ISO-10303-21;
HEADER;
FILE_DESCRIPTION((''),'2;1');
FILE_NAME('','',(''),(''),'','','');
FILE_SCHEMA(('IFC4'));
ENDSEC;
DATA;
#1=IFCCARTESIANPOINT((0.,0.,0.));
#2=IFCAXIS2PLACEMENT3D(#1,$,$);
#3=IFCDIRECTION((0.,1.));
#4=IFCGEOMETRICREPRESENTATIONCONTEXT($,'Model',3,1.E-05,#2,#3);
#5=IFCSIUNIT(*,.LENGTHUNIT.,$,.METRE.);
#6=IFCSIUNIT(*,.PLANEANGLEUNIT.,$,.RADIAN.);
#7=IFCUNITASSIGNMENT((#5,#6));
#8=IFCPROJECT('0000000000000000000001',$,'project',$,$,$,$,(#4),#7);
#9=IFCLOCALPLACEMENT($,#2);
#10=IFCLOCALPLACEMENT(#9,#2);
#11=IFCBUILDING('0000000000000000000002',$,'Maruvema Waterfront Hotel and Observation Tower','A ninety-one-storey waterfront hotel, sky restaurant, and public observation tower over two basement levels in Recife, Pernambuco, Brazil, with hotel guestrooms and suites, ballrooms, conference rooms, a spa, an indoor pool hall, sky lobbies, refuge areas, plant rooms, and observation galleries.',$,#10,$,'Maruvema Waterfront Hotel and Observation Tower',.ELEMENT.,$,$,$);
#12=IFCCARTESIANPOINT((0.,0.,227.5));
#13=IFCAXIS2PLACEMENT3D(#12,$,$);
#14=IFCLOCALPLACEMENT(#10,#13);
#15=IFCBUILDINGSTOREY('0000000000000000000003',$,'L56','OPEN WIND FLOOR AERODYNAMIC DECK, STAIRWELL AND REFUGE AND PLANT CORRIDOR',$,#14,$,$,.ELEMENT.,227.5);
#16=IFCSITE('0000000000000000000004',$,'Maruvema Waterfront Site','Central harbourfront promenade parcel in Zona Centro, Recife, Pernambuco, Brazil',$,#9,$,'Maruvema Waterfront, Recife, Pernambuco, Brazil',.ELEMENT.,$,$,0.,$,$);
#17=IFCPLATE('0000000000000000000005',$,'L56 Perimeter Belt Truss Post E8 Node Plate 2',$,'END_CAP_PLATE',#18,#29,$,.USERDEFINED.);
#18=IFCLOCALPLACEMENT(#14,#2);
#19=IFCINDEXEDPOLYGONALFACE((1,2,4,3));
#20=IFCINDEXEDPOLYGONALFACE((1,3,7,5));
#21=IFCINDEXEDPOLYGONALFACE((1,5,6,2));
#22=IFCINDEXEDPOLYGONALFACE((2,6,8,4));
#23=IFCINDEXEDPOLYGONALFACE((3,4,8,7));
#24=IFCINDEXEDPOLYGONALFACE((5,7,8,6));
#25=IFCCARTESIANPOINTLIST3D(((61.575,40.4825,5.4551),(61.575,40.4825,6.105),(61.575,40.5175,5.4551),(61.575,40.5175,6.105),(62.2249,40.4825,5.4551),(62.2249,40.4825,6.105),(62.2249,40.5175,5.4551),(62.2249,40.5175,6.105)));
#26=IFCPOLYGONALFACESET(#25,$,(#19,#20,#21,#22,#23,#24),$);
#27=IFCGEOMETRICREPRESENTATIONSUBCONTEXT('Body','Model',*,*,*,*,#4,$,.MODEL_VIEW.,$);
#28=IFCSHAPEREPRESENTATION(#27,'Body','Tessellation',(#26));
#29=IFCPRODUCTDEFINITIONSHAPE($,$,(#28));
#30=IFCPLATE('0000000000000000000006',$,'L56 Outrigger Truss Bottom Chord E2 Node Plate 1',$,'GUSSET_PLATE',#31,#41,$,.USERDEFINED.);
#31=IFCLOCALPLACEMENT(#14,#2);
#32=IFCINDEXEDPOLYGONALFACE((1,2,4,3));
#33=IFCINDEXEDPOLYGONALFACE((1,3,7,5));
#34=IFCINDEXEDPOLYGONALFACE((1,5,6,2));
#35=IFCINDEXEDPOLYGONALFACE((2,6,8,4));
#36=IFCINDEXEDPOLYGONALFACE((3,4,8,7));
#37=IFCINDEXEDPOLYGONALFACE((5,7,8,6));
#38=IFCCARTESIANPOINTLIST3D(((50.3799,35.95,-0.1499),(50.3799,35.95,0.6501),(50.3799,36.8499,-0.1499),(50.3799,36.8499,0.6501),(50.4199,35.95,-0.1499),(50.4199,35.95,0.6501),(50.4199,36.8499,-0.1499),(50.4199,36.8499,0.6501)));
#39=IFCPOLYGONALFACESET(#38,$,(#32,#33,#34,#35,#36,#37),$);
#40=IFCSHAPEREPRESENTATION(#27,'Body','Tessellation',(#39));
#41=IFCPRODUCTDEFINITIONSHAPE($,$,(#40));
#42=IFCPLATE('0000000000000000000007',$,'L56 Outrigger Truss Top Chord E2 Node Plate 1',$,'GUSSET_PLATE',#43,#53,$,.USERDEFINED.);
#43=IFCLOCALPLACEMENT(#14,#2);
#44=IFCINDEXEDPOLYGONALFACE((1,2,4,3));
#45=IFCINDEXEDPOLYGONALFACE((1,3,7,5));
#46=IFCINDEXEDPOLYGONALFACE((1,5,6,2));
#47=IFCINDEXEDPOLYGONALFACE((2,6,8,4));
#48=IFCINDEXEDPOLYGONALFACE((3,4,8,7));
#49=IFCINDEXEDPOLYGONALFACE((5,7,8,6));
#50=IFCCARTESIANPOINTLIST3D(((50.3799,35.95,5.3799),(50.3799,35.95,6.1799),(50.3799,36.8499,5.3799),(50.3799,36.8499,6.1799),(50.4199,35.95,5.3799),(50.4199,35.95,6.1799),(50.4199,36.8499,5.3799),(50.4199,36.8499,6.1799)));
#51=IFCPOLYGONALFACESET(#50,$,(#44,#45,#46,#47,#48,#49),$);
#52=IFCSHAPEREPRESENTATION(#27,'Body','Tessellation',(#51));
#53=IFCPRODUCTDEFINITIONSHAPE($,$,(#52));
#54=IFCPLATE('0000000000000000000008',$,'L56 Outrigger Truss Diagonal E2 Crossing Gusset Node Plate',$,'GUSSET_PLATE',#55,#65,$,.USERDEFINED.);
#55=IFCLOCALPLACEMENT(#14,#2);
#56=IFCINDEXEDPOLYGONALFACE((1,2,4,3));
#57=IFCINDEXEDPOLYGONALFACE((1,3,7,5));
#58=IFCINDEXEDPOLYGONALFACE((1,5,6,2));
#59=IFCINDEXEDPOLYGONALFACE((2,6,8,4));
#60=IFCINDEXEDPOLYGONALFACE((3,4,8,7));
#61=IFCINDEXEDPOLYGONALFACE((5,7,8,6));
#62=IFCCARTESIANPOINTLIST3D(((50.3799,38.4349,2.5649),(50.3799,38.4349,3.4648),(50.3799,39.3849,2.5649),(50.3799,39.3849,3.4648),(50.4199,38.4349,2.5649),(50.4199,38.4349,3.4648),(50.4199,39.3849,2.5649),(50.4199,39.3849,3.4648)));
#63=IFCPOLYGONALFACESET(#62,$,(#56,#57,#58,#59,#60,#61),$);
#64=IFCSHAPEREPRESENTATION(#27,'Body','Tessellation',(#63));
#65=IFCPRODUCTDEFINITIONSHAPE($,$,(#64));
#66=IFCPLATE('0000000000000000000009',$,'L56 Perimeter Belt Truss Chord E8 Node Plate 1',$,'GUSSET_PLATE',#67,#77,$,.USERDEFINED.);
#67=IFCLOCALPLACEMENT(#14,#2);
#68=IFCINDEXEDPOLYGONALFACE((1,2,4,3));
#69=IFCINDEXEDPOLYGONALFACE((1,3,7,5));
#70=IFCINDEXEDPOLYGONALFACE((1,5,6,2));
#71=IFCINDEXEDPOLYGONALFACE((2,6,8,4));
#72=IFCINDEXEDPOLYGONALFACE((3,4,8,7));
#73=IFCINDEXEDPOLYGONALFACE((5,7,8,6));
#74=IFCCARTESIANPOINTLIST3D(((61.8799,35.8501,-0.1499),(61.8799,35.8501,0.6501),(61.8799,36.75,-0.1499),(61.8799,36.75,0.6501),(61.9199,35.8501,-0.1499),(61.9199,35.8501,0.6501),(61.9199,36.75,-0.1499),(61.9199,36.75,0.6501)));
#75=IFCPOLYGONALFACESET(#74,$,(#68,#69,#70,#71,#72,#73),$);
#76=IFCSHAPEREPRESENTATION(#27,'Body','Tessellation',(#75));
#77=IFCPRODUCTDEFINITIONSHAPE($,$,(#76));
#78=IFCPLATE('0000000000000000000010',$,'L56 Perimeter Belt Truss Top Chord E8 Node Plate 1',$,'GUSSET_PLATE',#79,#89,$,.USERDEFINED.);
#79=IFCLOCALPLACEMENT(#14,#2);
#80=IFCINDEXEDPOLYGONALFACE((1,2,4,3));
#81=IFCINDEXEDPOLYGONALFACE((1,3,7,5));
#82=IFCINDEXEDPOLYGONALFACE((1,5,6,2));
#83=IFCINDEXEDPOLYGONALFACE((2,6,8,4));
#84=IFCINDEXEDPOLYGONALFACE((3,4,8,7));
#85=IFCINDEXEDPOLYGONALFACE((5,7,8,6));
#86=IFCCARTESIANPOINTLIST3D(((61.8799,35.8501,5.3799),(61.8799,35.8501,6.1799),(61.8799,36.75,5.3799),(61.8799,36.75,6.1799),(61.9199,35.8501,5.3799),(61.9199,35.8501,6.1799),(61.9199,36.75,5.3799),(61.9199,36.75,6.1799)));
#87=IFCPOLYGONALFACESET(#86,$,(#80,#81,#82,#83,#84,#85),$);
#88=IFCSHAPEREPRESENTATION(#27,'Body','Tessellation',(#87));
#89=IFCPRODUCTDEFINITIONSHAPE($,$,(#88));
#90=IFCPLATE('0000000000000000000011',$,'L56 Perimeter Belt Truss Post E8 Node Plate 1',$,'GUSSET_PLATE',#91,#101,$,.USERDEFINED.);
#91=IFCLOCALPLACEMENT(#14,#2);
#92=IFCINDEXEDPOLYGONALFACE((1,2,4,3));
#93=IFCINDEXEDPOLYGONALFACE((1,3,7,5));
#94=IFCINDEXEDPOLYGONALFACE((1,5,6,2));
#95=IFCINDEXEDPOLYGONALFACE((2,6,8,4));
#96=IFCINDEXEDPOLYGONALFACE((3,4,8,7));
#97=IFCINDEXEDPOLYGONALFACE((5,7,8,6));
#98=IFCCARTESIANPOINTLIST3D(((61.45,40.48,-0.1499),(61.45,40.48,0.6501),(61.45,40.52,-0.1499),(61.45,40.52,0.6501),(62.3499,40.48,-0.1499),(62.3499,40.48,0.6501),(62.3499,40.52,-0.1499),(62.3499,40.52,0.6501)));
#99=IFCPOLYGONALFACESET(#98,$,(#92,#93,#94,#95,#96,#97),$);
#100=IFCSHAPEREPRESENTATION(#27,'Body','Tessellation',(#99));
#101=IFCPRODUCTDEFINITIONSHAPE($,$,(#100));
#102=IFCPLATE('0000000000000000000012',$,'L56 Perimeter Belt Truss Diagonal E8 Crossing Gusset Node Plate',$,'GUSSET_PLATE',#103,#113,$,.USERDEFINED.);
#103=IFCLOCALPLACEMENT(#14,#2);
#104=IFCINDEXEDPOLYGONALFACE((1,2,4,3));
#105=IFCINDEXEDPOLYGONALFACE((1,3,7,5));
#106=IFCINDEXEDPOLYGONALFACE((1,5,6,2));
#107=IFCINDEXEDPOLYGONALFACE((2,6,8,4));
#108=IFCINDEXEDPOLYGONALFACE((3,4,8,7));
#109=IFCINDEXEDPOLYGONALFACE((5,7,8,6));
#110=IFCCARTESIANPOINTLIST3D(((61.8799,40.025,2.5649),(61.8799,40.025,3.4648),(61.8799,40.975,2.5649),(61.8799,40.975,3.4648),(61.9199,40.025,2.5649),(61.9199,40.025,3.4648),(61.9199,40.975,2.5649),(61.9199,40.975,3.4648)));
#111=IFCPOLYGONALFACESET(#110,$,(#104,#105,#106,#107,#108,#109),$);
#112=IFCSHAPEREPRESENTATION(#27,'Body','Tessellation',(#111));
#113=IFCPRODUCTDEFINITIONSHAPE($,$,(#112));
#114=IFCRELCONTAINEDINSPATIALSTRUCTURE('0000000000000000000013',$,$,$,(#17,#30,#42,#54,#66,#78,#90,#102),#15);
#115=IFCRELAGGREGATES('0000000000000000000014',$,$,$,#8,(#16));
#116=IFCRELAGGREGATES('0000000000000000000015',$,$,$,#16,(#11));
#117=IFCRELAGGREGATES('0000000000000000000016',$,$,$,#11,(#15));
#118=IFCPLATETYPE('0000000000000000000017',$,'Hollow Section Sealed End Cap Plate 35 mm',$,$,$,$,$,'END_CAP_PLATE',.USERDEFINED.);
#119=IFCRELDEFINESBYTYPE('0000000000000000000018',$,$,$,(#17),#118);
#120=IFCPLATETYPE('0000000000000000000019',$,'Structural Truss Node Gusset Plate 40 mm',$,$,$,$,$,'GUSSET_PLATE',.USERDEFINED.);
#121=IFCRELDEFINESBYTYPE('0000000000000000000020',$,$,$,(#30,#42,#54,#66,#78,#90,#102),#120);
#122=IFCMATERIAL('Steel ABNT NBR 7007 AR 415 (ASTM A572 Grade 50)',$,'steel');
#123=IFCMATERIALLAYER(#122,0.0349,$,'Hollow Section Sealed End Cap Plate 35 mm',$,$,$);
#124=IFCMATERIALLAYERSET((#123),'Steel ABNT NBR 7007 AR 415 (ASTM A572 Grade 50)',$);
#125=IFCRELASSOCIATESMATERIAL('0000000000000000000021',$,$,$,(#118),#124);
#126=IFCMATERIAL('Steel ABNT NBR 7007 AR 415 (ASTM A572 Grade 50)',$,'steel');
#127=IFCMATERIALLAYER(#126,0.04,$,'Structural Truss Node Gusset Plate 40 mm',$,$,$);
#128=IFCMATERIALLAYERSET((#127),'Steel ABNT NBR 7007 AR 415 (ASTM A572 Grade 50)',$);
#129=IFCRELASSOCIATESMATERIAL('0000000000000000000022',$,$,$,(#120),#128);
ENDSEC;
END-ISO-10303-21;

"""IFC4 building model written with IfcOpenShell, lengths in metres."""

from ifc_helpers import new_model, si_unit, direction, frame, origin, origin_2d, place, context, subcontext, project, spatial, rectangle, extrude, material, layer, layer_set, type_object, element, save


model = new_model("IFC4")

# Units and contexts
model_context = context("Model", 3, precision=1e-05, world=origin(), true_north=direction((0.0, 1.0)))
body_context = subcontext(model_context, "Body", "Model", "MODEL_VIEW")
ifc_project = project(units=[si_unit("LENGTHUNIT", "METRE"), si_unit("PLANEANGLEUNIT", "RADIAN")], contexts=[model_context])

# Site, building, storey
site_placement = place(None, origin())
site = spatial("IfcSite", under=ifc_project, at=site_placement, Name="Maruvema Waterfront Site", Description="Central harbourfront promenade parcel in Zona Centro, Recife, Pernambuco, Brazil", LongName="Maruvema Waterfront, Recife, Pernambuco, Brazil", CompositionType="ELEMENT", RefElevation=0.0)
building_placement = place(site_placement, origin())
building = spatial("IfcBuilding", under=site, at=building_placement, Name="Maruvema Waterfront Hotel and Observation Tower", Description="A ninety-one-storey waterfront hotel, sky restaurant, and public observation tower over two basement levels in Recife, Pernambuco, Brazil, with hotel guestrooms and suites, ballrooms, conference rooms, a spa, an indoor pool hall, sky lobbies, refuge areas, plant rooms, and observation galleries.", LongName="Maruvema Waterfront Hotel and Observation Tower", CompositionType="ELEMENT")
storey_placement = place(building_placement, frame((0.0, 0.0, 227.5)))
storey = spatial("IfcBuildingStorey", under=building, at=storey_placement, Name="L56", Description="OPEN WIND FLOOR AERODYNAMIC DECK, STAIRWELL AND REFUGE AND PLANT CORRIDOR", CompositionType="ELEMENT", Elevation=227.5)

# Plates
ifc_material_1 = material(Name="Steel ABNT NBR 7007 AR 415 (ASTM A572 Grade 50)", Category="steel")
ifc_layer_1 = layer(ifc_material_1, 0.0349, Name="Hollow Section Sealed End Cap Plate 35 mm")
ifc_layer_set_1 = layer_set([ifc_layer_1], Name="Steel ABNT NBR 7007 AR 415 (ASTM A572 Grade 50)")
plate_type_1 = type_object("IfcPlateType", Name="Hollow Section Sealed End Cap Plate 35 mm", ElementType="END_CAP_PLATE", PredefinedType="USERDEFINED", material=ifc_layer_set_1)
for number, where, z_axis, x_axis, name in (
    (1, (61.8999, 40.5, 5.4551), (0.0, 0.0, 1.0), (1.0, 0.0, 0.0), "L56 Perimeter Belt Truss Post E8 Node Plate 2"),
):
    element("IfcPlate", number, at=place(storey_placement, frame(where, z_axis=z_axis, x_axis=x_axis)), inside=storey, type_object=plate_type_1, Name=name, ObjectType="END_CAP_PLATE", PredefinedType="USERDEFINED", context=body_context, shape_type="SweptSolid", body=[
        extrude(rectangle(XDim=0.6499, YDim=0.0349, at=origin_2d()), origin(), (0.0, 0.0, 1.0), 0.6499),
    ])
ifc_material_2 = material(Name="Steel ABNT NBR 7007 AR 415 (ASTM A572 Grade 50)", Category="steel")
ifc_layer_2 = layer(ifc_material_2, 0.04, Name="Structural Truss Node Gusset Plate 40 mm")
ifc_layer_set_2 = layer_set([ifc_layer_2], Name="Steel ABNT NBR 7007 AR 415 (ASTM A572 Grade 50)")
plate_type_2 = type_object("IfcPlateType", Name="Structural Truss Node Gusset Plate 40 mm", ElementType="GUSSET_PLATE", PredefinedType="USERDEFINED", material=ifc_layer_set_2)
for number, where, z_axis, x_axis, name in (
    (2, (50.3999, 36.3999, -0.1499), (0.0, 0.0, 1.0), (0.0, 1.0, 0.0), "L56 Outrigger Truss Bottom Chord E2 Node Plate 1"),
    (3, (50.3999, 36.3999, 5.3799), (0.0, 0.0, 1.0), (0.0, 1.0, 0.0), "L56 Outrigger Truss Top Chord E2 Node Plate 1"),
):
    element("IfcPlate", number, at=place(storey_placement, frame(where, z_axis=z_axis, x_axis=x_axis)), inside=storey, type_object=plate_type_2, Name=name, ObjectType="GUSSET_PLATE", PredefinedType="USERDEFINED", context=body_context, shape_type="SweptSolid", body=[
        extrude(rectangle(XDim=0.8999, YDim=0.04, at=origin_2d()), origin(), (0.0, 0.0, 1.0), 0.8),
    ])
plate_1_placement = place(storey_placement, frame((50.3999, 38.9099, 2.5649), z_axis=(0.0, 0.0, 1.0), x_axis=(0.0, -1.0, 0.0)))
element("IfcPlate", 4, at=plate_1_placement, inside=storey, type_object=plate_type_2, Name="L56 Outrigger Truss Diagonal E2 Crossing Gusset Node Plate", ObjectType="GUSSET_PLATE", PredefinedType="USERDEFINED", context=body_context, shape_type="SweptSolid", body=[
    extrude(rectangle(XDim=0.95, YDim=0.04, at=origin_2d()), origin(), (0.0, 0.0, 1.0), 0.8999),
])
for number, where, z_axis, x_axis, name in (
    (5, (61.8999, 36.3, -0.1499), (0.0, 0.0, 1.0), (0.0, 1.0, 0.0), "L56 Perimeter Belt Truss Chord E8 Node Plate 1"),
    (6, (61.8999, 36.3, 5.3799), (0.0, 0.0, 1.0), (0.0, 1.0, 0.0), "L56 Perimeter Belt Truss Top Chord E8 Node Plate 1"),
    (7, (61.8999, 40.5, -0.1499), (0.0, 0.0, 1.0), (1.0, 0.0, 0.0), "L56 Perimeter Belt Truss Post E8 Node Plate 1"),
):
    element("IfcPlate", number, at=place(storey_placement, frame(where, z_axis=z_axis, x_axis=x_axis)), inside=storey, type_object=plate_type_2, Name=name, ObjectType="GUSSET_PLATE", PredefinedType="USERDEFINED", context=body_context, shape_type="SweptSolid", body=[
        extrude(rectangle(XDim=0.8999, YDim=0.04, at=origin_2d()), origin(), (0.0, 0.0, 1.0), 0.8),
    ])
plate_2_placement = place(storey_placement, frame((61.8999, 40.5, 2.5649), z_axis=(0.0, 0.0, 1.0), x_axis=(0.0, -1.0, 0.0)))
element("IfcPlate", 8, at=plate_2_placement, inside=storey, type_object=plate_type_2, Name="L56 Perimeter Belt Truss Diagonal E8 Crossing Gusset Node Plate", ObjectType="GUSSET_PLATE", PredefinedType="USERDEFINED", context=body_context, shape_type="SweptSolid", body=[
    extrude(rectangle(XDim=0.95, YDim=0.04, at=origin_2d()), origin(), (0.0, 0.0, 1.0), 0.8999),
])

save(model, "model.ifc")
